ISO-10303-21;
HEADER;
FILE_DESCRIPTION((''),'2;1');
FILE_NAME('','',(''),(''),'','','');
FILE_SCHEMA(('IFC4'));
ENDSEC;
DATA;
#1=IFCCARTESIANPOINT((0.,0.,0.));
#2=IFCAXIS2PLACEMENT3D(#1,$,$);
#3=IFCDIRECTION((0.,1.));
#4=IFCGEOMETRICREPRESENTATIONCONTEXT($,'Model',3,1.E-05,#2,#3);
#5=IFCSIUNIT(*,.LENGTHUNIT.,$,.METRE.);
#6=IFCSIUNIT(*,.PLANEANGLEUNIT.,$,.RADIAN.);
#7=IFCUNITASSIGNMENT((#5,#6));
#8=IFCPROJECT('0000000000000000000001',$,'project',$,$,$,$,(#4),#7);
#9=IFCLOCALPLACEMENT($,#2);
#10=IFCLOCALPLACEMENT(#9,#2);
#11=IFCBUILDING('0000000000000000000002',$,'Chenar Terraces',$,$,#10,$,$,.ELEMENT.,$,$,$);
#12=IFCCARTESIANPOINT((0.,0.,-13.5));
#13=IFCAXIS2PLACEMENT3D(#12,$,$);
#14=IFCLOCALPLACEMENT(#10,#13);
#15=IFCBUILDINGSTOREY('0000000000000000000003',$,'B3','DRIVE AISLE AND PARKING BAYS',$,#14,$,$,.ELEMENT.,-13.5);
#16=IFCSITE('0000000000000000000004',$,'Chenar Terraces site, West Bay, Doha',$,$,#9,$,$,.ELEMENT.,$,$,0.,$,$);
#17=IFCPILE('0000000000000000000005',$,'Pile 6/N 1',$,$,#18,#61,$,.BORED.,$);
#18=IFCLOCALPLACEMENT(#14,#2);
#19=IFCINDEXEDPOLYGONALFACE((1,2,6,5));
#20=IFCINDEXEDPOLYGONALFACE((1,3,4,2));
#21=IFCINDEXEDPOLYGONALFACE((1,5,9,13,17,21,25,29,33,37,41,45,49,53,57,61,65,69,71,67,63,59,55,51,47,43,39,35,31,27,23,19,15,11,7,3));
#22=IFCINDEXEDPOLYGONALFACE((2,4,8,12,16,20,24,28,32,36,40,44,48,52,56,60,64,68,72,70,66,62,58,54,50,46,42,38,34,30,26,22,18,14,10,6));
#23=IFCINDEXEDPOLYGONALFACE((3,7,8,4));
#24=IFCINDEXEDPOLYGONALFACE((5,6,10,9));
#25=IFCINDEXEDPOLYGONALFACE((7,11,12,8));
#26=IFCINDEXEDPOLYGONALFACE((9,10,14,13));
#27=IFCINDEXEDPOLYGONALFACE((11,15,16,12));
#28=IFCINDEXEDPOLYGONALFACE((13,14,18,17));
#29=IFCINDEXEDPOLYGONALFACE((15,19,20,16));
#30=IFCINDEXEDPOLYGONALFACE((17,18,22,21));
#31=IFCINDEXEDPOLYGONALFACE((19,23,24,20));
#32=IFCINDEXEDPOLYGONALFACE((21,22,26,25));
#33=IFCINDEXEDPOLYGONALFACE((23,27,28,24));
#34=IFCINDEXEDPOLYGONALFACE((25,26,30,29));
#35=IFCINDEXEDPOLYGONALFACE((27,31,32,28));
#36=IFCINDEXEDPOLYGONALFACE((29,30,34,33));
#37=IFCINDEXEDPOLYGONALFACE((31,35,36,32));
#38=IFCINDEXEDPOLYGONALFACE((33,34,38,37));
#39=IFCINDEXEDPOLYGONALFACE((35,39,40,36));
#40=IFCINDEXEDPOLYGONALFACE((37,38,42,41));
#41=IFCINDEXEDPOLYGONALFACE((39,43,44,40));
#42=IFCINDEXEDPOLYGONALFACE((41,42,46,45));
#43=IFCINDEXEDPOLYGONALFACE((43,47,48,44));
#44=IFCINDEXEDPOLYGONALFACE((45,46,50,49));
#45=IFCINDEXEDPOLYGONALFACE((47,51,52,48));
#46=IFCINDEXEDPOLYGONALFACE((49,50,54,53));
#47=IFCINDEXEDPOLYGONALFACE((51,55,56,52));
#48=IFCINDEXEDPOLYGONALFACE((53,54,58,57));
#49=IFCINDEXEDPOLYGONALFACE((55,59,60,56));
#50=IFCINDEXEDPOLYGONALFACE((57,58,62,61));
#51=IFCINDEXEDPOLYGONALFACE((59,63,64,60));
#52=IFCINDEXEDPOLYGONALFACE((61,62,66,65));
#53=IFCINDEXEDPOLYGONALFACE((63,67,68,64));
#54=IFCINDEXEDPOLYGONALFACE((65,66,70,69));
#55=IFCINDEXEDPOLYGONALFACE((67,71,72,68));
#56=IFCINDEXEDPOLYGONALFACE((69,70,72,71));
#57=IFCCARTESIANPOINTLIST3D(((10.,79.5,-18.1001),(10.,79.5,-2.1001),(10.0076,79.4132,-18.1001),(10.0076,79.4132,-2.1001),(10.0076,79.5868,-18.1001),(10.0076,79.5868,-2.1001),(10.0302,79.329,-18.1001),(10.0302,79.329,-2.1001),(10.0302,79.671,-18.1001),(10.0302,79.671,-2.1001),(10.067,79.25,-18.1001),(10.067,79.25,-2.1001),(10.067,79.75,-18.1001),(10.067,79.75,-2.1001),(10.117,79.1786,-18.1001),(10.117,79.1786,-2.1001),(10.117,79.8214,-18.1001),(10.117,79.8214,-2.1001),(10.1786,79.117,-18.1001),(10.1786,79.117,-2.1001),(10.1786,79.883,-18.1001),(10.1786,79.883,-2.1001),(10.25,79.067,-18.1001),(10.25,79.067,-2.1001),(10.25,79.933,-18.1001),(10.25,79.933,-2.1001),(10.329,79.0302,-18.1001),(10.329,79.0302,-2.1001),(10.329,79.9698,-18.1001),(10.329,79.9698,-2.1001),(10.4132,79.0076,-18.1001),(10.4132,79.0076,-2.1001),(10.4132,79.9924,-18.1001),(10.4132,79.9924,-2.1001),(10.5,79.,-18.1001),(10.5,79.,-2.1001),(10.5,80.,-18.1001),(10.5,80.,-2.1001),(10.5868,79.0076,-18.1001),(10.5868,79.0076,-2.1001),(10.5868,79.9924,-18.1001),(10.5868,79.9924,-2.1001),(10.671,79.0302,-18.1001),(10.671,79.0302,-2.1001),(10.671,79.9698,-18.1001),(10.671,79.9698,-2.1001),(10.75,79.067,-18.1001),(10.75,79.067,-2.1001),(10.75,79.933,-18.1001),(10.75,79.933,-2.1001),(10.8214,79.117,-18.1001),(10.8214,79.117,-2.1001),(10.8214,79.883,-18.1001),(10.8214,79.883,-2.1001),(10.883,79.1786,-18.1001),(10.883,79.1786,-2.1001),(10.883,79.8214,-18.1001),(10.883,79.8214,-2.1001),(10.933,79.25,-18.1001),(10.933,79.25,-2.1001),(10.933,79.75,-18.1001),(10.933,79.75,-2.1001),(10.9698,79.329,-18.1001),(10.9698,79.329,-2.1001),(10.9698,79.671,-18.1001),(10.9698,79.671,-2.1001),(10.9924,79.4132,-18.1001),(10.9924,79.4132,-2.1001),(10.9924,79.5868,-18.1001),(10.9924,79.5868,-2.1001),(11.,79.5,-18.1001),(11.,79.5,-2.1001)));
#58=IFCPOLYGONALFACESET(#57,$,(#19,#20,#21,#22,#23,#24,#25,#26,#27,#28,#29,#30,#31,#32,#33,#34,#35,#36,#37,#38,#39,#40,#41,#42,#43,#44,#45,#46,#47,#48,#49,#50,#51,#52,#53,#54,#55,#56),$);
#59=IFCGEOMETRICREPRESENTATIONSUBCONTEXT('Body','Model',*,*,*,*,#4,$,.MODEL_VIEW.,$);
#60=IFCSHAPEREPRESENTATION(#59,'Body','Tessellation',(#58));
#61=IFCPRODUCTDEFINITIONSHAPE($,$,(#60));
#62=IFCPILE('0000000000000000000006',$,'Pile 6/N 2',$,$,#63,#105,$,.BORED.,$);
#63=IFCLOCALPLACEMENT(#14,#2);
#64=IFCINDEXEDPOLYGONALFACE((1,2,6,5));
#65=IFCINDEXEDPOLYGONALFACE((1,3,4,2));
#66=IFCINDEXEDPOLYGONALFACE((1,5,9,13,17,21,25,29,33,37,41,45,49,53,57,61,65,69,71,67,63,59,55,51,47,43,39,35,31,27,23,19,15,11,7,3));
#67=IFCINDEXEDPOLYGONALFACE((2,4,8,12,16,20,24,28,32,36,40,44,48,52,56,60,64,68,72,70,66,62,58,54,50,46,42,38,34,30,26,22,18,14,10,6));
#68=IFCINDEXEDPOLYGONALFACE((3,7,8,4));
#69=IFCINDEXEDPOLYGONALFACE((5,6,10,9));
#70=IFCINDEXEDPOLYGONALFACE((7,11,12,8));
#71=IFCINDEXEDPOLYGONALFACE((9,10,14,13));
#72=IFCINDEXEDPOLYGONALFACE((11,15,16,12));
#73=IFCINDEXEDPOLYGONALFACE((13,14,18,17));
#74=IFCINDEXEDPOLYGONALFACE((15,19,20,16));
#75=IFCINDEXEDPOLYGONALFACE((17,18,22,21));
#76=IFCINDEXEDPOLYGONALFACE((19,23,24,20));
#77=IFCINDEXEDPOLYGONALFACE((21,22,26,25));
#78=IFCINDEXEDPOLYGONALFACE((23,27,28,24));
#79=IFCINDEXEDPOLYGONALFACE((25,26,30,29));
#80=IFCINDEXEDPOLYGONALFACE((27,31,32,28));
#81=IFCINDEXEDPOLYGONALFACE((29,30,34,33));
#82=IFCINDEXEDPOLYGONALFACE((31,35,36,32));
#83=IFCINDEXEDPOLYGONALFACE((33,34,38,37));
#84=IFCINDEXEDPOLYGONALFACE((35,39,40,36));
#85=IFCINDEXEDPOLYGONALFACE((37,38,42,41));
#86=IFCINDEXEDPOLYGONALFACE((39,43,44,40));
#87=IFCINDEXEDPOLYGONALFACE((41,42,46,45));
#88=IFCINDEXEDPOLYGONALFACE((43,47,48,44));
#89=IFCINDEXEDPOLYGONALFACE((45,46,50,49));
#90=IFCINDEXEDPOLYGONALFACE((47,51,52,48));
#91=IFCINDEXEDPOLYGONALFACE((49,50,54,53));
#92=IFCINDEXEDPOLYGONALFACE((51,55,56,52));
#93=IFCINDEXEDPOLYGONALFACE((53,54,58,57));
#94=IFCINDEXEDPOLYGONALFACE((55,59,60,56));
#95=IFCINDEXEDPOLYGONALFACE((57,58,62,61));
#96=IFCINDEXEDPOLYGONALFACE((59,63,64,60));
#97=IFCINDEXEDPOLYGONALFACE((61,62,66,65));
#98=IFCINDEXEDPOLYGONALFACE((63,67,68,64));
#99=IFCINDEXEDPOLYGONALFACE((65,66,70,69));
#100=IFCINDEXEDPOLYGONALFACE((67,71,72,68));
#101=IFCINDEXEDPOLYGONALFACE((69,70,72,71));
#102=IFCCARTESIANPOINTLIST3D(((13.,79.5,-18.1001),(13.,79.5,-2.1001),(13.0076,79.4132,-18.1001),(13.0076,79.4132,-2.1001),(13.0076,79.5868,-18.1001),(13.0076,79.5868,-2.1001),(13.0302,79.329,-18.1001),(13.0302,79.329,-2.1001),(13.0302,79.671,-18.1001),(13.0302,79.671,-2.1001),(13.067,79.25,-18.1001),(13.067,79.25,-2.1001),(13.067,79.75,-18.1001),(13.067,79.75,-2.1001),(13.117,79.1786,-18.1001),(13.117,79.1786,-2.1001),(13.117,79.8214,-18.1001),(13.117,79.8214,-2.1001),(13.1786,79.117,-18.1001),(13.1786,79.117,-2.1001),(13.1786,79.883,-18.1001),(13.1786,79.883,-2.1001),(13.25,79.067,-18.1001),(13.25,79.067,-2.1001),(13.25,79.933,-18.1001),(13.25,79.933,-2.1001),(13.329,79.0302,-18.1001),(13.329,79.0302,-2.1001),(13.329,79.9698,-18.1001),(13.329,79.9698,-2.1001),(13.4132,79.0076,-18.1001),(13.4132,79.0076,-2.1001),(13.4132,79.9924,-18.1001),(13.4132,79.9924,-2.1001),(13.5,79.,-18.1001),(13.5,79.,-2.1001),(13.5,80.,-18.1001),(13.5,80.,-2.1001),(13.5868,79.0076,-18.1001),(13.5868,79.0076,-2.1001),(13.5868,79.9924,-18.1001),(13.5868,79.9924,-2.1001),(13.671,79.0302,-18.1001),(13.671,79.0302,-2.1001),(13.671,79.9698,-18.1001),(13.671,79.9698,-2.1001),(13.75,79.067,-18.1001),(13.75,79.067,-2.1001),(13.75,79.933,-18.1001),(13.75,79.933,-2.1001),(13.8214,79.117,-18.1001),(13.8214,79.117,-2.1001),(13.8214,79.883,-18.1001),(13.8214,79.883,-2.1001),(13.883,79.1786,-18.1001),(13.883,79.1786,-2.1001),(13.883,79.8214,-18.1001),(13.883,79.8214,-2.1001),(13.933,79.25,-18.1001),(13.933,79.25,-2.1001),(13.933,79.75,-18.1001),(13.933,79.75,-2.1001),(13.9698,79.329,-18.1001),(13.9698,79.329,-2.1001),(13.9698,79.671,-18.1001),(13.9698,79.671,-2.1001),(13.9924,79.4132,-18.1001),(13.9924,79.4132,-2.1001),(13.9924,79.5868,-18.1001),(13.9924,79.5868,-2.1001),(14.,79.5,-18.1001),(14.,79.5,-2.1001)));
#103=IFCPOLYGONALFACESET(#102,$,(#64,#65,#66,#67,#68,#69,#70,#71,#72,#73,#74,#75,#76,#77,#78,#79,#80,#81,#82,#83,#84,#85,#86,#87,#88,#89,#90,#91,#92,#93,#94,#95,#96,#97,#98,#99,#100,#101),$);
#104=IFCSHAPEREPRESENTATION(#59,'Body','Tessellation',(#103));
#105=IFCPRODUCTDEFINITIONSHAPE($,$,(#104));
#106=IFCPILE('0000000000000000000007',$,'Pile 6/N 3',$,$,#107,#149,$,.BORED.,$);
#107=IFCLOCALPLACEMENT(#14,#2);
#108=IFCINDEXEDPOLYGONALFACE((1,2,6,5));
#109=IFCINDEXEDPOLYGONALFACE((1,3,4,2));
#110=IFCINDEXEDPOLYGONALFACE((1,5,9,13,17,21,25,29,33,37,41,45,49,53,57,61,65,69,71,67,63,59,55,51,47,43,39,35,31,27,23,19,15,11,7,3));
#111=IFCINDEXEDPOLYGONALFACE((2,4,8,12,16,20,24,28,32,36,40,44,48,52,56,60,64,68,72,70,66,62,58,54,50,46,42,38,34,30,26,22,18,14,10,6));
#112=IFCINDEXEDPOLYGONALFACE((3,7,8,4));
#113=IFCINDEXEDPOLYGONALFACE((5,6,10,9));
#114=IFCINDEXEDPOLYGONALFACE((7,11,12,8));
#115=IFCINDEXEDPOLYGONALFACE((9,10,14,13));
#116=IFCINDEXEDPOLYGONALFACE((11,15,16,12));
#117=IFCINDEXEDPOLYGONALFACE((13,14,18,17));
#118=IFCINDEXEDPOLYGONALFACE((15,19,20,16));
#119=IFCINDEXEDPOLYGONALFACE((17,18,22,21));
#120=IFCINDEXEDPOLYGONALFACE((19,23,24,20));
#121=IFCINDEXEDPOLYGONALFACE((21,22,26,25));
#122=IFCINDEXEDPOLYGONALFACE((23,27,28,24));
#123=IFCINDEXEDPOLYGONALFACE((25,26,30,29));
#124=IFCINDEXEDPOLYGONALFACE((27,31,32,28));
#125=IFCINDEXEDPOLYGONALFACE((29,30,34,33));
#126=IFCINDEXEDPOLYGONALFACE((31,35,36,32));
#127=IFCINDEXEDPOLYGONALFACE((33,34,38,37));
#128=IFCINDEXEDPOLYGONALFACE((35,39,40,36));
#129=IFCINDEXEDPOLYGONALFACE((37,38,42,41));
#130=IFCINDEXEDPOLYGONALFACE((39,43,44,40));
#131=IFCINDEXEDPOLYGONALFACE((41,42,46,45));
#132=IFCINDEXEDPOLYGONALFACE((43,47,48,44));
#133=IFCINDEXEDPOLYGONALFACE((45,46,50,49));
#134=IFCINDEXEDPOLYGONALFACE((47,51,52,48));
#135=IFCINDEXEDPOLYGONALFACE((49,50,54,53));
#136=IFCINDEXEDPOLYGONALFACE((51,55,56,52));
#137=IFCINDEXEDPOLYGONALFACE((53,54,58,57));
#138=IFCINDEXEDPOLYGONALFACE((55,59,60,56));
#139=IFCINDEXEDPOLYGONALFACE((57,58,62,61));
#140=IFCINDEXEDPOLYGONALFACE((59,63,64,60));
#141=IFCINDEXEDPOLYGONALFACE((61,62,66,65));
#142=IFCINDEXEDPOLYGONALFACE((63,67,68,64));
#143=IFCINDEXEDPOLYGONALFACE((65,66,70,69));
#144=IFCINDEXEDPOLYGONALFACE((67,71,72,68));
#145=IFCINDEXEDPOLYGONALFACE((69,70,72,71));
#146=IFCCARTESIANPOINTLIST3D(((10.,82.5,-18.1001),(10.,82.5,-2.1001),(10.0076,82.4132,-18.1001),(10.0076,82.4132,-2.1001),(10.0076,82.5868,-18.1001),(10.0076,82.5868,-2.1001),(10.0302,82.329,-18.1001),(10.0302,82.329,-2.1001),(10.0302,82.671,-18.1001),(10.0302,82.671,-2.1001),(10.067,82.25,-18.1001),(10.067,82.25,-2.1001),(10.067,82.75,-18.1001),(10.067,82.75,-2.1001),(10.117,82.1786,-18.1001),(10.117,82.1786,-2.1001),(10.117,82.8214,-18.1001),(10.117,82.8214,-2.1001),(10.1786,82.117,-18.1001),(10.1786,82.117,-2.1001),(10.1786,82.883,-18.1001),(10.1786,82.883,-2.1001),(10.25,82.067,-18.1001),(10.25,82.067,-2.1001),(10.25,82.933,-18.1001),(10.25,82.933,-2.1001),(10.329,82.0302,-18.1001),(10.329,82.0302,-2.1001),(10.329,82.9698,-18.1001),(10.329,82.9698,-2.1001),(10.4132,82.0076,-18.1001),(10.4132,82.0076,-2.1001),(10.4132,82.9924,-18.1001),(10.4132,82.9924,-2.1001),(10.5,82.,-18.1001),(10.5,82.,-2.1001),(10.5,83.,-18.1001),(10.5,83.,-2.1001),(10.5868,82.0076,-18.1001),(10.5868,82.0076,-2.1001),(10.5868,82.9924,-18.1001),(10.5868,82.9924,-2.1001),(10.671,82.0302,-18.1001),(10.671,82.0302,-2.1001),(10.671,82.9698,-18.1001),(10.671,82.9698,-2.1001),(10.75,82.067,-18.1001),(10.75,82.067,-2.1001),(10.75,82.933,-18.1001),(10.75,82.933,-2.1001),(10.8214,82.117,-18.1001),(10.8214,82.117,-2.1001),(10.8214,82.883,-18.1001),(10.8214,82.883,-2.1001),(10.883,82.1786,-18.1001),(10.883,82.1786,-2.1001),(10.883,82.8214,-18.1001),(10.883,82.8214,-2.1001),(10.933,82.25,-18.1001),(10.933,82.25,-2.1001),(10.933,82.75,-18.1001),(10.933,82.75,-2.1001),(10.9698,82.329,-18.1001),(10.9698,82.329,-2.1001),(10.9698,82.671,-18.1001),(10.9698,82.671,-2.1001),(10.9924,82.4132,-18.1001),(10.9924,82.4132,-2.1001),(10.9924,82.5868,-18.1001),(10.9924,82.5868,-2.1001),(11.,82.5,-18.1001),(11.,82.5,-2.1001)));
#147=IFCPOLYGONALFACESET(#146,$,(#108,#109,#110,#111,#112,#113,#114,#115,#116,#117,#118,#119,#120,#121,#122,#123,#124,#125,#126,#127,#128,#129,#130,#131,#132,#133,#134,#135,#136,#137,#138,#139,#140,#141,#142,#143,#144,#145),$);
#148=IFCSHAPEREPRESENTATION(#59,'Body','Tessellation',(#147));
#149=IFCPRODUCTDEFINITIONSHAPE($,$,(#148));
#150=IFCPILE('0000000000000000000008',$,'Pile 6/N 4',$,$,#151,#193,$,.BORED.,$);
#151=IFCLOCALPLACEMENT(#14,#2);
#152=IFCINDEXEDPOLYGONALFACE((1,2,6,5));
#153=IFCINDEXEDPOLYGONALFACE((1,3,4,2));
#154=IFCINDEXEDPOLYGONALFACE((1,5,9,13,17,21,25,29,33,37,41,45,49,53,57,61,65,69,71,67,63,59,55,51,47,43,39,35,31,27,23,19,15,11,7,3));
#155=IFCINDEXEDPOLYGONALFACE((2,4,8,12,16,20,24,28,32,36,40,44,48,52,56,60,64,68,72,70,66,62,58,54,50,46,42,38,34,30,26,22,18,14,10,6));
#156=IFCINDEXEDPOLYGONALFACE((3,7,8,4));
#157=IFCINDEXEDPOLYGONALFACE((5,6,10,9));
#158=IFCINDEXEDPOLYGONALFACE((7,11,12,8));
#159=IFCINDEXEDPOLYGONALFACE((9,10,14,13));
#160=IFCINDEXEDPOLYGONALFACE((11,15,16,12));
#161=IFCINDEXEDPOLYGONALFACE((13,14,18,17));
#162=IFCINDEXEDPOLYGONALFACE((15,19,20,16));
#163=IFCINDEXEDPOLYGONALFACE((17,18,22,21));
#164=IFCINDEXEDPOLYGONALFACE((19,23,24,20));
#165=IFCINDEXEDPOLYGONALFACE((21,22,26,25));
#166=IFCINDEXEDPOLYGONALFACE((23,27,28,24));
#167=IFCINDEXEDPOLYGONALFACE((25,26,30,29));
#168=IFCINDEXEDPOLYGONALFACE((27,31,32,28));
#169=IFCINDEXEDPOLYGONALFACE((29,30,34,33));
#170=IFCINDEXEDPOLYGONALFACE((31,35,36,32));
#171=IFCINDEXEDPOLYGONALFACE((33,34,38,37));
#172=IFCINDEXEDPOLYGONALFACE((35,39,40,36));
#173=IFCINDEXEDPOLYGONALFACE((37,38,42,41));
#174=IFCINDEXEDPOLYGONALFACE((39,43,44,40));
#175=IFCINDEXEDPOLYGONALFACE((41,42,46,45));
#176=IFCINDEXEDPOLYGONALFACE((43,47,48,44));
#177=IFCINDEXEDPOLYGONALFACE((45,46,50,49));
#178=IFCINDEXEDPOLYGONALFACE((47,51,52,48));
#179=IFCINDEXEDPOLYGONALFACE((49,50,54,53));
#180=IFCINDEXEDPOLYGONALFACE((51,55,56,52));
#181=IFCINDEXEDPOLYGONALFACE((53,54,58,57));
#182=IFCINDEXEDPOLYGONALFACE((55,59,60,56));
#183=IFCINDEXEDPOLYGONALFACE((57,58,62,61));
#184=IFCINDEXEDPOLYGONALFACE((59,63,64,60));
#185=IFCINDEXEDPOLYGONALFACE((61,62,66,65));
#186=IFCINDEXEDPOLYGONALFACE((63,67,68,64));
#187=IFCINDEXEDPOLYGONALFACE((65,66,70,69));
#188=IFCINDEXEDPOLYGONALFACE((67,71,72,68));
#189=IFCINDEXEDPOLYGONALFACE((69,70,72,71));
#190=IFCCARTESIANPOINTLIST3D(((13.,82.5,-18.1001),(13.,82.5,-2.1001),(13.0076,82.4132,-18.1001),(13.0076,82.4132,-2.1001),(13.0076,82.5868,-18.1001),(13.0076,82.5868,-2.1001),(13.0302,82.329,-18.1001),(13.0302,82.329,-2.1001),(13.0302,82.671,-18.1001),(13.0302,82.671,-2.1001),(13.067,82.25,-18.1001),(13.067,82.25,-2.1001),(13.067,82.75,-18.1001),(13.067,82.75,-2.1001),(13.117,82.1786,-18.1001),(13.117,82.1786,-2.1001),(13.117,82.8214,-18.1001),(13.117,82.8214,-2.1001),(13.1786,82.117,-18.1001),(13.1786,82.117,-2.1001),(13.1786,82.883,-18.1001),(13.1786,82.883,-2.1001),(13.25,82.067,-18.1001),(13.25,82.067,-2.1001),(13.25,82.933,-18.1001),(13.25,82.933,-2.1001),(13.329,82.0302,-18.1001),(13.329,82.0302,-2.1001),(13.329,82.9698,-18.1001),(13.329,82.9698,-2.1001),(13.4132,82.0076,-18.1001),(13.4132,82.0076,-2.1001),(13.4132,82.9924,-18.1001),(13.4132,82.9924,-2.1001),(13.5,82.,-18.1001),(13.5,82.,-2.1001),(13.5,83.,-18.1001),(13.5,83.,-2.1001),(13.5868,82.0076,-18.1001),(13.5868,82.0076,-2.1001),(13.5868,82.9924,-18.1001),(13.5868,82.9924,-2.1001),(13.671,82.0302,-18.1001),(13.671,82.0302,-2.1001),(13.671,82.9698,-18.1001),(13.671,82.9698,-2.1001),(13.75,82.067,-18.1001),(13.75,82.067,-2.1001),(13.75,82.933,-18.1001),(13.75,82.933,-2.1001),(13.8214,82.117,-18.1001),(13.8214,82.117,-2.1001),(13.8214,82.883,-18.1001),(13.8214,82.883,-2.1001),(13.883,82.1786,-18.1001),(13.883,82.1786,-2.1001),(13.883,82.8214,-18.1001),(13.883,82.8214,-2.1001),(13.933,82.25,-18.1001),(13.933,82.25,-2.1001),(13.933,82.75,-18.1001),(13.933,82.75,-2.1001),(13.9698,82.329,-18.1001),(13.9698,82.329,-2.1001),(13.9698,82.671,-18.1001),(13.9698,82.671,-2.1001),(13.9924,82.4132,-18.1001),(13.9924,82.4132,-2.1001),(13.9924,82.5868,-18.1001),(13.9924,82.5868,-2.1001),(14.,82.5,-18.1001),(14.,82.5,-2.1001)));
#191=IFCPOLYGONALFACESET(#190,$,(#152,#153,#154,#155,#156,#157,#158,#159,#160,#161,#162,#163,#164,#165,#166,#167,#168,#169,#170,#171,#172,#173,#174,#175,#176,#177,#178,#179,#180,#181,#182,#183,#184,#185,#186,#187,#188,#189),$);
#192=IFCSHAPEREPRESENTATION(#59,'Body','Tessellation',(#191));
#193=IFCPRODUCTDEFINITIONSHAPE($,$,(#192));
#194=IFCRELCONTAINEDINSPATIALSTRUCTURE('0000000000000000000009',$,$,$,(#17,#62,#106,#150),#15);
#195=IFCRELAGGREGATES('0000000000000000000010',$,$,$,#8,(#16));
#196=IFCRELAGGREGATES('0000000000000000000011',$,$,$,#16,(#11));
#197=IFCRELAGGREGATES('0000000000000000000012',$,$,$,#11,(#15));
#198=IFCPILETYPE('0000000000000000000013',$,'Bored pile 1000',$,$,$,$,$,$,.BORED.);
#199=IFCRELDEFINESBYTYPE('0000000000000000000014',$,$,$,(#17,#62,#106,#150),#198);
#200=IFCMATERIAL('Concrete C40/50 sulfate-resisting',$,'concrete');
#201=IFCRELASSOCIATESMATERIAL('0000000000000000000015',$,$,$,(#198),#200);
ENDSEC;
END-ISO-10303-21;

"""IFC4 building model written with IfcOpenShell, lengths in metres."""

from ifc_helpers import new_model, si_unit, direction, frame, origin, origin_2d, place, context, subcontext, project, spatial, circle, extrude, material, material_profile, profile_set, type_object, element, save


model = new_model("IFC4")

# Units and contexts
model_context = context("Model", 3, precision=1e-05, world=origin(), true_north=direction((0.0, 1.0)))
body_context = subcontext(model_context, "Body", "Model", "MODEL_VIEW")
ifc_project = project(units=[si_unit("LENGTHUNIT", "METRE"), si_unit("PLANEANGLEUNIT", "RADIAN")], contexts=[model_context])

# Site, building, storey
site_placement = place(None, origin())
site = spatial("IfcSite", under=ifc_project, at=site_placement, Name="Chenar Terraces site, West Bay, Doha", CompositionType="ELEMENT", RefElevation=0.0)
building_placement = place(site_placement, origin())
building = spatial("IfcBuilding", under=site, at=building_placement, Name="Chenar Terraces", CompositionType="ELEMENT")
storey_placement = place(building_placement, frame((0.0, 0.0, -13.5)))
storey = spatial("IfcBuildingStorey", under=building, at=storey_placement, Name="B3", Description="DRIVE AISLE AND PARKING BAYS", CompositionType="ELEMENT", Elevation=-13.5)

# Piles
ifc_material_1 = material(Name="Concrete C40/50 sulfate-resisting", Category="concrete")
ifc_material_profile_1 = material_profile(ifc_material_1, circle(Radius=0.5, at=origin_2d()), Name="BP 1000")
ifc_profile_set_1 = profile_set([ifc_material_profile_1], Name="Concrete C40/50 sulfate-resisting")
pile_type_1 = type_object("IfcPileType", Name="Bored pile 1000", PredefinedType="BORED", material=ifc_profile_set_1)
for number, where, z_axis, x_axis, name in (
    (1, (10.5, 79.5, -2.1001), (0.0, 0.0, -1.0), (1.0, 0.0, 0.0), "Pile 6/N 1"),
    (2, (13.5, 79.5, -2.1001), (0.0, 0.0, -1.0), (1.0, 0.0, 0.0), "Pile 6/N 2"),
    (3, (10.5, 82.5, -2.1001), (0.0, 0.0, -1.0), (1.0, 0.0, 0.0), "Pile 6/N 3"),
    (4, (13.5, 82.5, -2.1001), (0.0, 0.0, -1.0), (1.0, 0.0, 0.0), "Pile 6/N 4"),
):
    element("IfcPile", number, at=place(storey_placement, frame(where, z_axis=z_axis, x_axis=x_axis)), inside=storey, type_object=pile_type_1, Name=name, PredefinedType="BORED", context=body_context, shape_type="SweptSolid", body=[
        extrude(circle(Radius=0.5, at=origin_2d()), origin(), (0.0, 0.0, 1.0), 16.0),
    ])

save(model, "model.ifc")
